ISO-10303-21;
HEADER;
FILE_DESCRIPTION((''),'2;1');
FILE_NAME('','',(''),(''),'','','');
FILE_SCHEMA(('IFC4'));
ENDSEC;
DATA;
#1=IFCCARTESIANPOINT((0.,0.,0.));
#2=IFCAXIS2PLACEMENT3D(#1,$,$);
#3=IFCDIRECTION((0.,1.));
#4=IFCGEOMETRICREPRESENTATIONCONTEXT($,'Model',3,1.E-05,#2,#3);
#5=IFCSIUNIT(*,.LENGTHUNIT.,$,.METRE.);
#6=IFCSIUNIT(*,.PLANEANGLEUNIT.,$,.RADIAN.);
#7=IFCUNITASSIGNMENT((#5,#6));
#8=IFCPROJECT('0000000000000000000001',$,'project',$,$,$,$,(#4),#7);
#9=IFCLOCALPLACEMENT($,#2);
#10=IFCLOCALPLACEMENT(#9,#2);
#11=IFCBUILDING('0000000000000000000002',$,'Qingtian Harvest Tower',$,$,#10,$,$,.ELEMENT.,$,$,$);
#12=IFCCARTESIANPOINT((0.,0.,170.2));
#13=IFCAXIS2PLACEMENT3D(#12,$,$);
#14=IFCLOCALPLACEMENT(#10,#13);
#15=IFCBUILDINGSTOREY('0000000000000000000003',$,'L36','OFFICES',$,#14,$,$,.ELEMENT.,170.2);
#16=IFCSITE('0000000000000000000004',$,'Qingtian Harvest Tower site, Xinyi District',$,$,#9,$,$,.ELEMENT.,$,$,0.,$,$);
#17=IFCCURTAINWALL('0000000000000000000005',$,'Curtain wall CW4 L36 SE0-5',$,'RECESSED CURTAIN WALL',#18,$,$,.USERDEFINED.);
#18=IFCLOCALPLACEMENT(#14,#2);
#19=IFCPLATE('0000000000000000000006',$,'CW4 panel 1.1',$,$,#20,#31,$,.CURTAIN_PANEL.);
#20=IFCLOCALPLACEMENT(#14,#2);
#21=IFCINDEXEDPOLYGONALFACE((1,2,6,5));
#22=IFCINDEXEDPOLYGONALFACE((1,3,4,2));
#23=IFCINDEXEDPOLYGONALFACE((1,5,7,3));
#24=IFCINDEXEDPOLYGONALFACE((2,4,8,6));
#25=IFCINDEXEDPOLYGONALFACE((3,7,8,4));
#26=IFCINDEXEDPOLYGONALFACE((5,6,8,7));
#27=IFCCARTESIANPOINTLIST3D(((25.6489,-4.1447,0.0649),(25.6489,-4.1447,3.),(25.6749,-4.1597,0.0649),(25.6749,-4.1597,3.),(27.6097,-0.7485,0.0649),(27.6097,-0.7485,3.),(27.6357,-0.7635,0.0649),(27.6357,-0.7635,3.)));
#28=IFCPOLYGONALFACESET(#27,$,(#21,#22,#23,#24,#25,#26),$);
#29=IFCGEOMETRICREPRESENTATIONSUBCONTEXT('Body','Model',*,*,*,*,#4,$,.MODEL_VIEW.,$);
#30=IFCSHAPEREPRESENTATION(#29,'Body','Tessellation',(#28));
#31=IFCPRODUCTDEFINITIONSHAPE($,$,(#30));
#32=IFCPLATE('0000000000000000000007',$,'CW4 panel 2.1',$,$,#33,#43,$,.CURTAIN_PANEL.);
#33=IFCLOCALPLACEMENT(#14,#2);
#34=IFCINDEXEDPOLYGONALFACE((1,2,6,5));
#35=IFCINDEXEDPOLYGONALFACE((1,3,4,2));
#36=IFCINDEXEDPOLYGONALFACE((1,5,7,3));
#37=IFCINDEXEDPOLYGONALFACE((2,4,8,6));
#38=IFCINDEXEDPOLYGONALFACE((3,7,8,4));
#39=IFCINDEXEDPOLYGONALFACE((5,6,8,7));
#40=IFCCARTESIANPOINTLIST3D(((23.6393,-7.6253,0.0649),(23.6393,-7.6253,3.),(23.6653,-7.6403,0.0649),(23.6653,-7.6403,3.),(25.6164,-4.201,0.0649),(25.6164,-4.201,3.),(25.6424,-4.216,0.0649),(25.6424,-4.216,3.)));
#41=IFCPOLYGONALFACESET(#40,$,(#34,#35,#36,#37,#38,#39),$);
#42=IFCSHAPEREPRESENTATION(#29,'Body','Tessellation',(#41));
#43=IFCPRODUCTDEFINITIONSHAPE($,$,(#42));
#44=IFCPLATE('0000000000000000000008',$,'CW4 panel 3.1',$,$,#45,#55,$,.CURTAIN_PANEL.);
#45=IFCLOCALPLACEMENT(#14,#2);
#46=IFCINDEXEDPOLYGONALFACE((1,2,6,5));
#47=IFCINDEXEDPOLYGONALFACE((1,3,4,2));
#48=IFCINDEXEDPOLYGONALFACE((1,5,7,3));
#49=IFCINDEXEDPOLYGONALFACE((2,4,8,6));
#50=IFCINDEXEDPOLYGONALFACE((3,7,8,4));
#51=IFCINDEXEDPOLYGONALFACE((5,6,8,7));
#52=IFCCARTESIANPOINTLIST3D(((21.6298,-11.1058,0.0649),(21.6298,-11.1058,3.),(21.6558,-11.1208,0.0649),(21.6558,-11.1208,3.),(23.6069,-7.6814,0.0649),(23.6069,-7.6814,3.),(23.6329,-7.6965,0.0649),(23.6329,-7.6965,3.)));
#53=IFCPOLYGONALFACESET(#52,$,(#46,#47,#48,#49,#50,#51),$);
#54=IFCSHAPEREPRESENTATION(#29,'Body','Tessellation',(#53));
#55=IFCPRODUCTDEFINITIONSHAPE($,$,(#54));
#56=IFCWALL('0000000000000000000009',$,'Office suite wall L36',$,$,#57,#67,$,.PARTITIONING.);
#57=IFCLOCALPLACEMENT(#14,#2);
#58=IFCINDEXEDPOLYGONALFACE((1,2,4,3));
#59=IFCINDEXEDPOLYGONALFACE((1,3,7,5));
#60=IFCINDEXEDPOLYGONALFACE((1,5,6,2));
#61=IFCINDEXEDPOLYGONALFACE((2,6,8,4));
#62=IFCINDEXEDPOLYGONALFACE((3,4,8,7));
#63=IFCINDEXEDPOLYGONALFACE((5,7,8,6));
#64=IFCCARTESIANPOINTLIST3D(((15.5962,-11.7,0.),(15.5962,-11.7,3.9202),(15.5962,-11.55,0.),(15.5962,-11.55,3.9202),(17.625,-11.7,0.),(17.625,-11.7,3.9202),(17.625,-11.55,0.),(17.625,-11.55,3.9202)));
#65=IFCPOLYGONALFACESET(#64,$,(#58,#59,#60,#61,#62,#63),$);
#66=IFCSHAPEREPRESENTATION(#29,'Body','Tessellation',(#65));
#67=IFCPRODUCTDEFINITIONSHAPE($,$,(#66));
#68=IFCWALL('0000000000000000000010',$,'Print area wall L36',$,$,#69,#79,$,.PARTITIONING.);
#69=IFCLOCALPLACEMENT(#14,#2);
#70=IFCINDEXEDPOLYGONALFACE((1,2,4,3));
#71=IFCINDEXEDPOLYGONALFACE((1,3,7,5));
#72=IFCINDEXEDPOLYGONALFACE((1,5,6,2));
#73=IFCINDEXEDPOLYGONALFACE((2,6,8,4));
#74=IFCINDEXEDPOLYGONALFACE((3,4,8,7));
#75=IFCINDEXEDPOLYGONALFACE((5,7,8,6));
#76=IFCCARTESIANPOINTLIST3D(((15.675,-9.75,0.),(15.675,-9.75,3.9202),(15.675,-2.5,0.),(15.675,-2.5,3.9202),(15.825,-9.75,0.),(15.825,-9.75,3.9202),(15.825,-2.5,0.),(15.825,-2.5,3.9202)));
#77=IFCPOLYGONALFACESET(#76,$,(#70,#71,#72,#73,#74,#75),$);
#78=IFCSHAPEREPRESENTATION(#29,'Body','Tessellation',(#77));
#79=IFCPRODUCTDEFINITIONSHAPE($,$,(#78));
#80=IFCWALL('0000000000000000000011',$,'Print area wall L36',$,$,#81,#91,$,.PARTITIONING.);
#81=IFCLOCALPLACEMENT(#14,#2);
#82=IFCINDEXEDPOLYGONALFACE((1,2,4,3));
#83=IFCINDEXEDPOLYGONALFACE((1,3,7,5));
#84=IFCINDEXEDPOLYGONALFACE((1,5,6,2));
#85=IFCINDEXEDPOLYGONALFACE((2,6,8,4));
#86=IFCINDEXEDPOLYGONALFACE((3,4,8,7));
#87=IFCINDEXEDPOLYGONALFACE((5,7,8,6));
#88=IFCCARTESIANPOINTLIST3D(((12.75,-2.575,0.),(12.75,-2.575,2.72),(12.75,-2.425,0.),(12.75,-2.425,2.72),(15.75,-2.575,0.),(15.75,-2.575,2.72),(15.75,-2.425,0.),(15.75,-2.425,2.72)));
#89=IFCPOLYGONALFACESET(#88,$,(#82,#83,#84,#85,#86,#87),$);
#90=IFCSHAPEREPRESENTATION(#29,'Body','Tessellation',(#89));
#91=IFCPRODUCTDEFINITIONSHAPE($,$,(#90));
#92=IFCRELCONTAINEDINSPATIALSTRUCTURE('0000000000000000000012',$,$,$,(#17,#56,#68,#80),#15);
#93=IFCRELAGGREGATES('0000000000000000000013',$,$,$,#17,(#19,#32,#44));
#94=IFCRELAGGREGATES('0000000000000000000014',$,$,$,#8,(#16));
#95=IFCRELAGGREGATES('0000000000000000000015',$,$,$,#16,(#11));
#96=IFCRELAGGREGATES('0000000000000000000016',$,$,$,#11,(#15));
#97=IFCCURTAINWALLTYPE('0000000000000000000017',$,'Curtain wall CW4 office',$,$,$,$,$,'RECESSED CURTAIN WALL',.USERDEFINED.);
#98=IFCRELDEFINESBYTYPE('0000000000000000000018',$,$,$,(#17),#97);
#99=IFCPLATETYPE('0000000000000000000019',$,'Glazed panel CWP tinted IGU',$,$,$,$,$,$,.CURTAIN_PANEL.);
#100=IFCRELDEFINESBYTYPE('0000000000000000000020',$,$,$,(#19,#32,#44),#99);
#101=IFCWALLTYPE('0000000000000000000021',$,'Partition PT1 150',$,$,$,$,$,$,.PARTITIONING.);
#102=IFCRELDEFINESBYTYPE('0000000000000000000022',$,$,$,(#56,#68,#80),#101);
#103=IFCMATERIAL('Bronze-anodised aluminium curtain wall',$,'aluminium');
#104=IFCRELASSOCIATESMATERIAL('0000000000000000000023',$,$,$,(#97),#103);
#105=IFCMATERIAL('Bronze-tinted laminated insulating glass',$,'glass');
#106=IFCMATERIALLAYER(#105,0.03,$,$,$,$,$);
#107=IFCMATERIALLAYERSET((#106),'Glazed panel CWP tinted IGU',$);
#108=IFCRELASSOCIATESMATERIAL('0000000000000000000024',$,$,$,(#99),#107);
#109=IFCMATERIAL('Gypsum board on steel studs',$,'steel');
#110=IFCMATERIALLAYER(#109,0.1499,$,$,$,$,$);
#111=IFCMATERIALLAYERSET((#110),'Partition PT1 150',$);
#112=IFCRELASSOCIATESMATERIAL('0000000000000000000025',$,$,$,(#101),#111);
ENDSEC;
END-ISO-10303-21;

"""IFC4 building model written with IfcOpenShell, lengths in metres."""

from ifc_helpers import new_model, si_unit, direction, frame, frame_2d, origin, origin_2d, place, context, subcontext, project, spatial, rectangle, extrude, material, layer, layer_set, type_object, element, aggregate, save


model = new_model("IFC4")

# Units and contexts
model_context = context("Model", 3, precision=1e-05, world=origin(), true_north=direction((0.0, 1.0)))
body_context = subcontext(model_context, "Body", "Model", "MODEL_VIEW")
ifc_project = project(units=[si_unit("LENGTHUNIT", "METRE"), si_unit("PLANEANGLEUNIT", "RADIAN")], contexts=[model_context])

# Site, building, storey
site_placement = place(None, origin())
site = spatial("IfcSite", under=ifc_project, at=site_placement, Name="Qingtian Harvest Tower site, Xinyi District", CompositionType="ELEMENT", RefElevation=0.0)
building_placement = place(site_placement, origin())
building = spatial("IfcBuilding", under=site, at=building_placement, Name="Qingtian Harvest Tower", CompositionType="ELEMENT")
storey_placement = place(building_placement, frame((0.0, 0.0, 170.2)))
storey = spatial("IfcBuildingStorey", under=building, at=storey_placement, Name="L36", Description="OFFICES", CompositionType="ELEMENT", Elevation=170.2)

# Shared definitions
ifc_material_1 = material(Name="Bronze-anodised aluminium curtain wall", Category="aluminium")
curtain_wall_type = type_object("IfcCurtainWallType", Name="Curtain wall CW4 office", ElementType="RECESSED CURTAIN WALL", PredefinedType="USERDEFINED", material=ifc_material_1)

# Curtain wall
curtain_wall_1_placement = place(storey_placement, origin())
curtain_wall_1 = element("IfcCurtainWall", 1, at=curtain_wall_1_placement, inside=storey, type_object=curtain_wall_type, Name="Curtain wall CW4 L36 SE0-5", ObjectType="RECESSED CURTAIN WALL", PredefinedType="USERDEFINED")

# Plates
ifc_material_2 = material(Name="Bronze-tinted laminated insulating glass", Category="glass")
ifc_layer_1 = layer(ifc_material_2, 0.03)
ifc_layer_set_1 = layer_set([ifc_layer_1], Name="Glazed panel CWP tinted IGU")
plate_type = type_object("IfcPlateType", Name="Glazed panel CWP tinted IGU", PredefinedType="CURTAIN_PANEL", material=ifc_layer_set_1)
plate_1_placement = place(storey_placement, frame((26.6423, -2.4541, 0.0649), z_axis=(0.0, 0.0, 1.0), x_axis=(-0.5, -0.866025, 0.0)))
plate_1 = element("IfcPlate", 2, at=plate_1_placement, type_object=plate_type, Name="CW4 panel 1.1", PredefinedType="CURTAIN_PANEL", context=body_context, shape_type="SweptSolid", body=[
    extrude(rectangle(XDim=3.9216, YDim=0.03, at=origin_2d()), origin(), (0.0, 0.0, 1.0), 2.9351),
])
plate_2_placement = place(storey_placement, frame((24.6409, -5.9207, 0.0649), z_axis=(0.0, 0.0, 1.0), x_axis=(-0.5, -0.866025, 0.0)))
plate_2 = element("IfcPlate", 3, at=plate_2_placement, type_object=plate_type, Name="CW4 panel 2.1", PredefinedType="CURTAIN_PANEL", context=body_context, shape_type="SweptSolid", body=[
    extrude(rectangle(XDim=3.9541, YDim=0.03, at=origin_2d()), origin(), (0.0, 0.0, 1.0), 2.9351),
])
plate_3_placement = place(storey_placement, frame((22.6313, -9.4011, 0.0649), z_axis=(0.0, 0.0, 1.0), x_axis=(-0.5, -0.866025, 0.0)))
plate_3 = element("IfcPlate", 4, at=plate_3_placement, type_object=plate_type, Name="CW4 panel 3.1", PredefinedType="CURTAIN_PANEL", context=body_context, shape_type="SweptSolid", body=[
    extrude(rectangle(XDim=3.9541, YDim=0.03, at=origin_2d()), origin(), (0.0, 0.0, 1.0), 2.9351),
])
aggregate(curtain_wall_1, [plate_1, plate_2, plate_3])

# Walls
ifc_material_3 = material(Name="Gypsum board on steel studs", Category="steel")
ifc_layer_2 = layer(ifc_material_3, 0.1499)
ifc_layer_set_2 = layer_set([ifc_layer_2], Name="Partition PT1 150")
wall_type = type_object("IfcWallType", Name="Partition PT1 150", PredefinedType="PARTITIONING", material=ifc_layer_set_2)
wall_1_placement = place(storey_placement, frame((17.625, -11.625, 0.0), z_axis=(0.0, 0.0, 1.0), x_axis=(-1.0, 0.0, 0.0)))
element("IfcWall", 5, at=wall_1_placement, inside=storey, type_object=wall_type, Name="Office suite wall L36", PredefinedType="PARTITIONING", context=body_context, shape_type="SweptSolid", body=[
    extrude(rectangle(XDim=2.0288, YDim=0.1499, at=frame_2d((1.0144, 0.0))), origin(), (0.0, 0.0, 1.0), 3.9202),
])
wall_2_placement = place(storey_placement, frame((15.75, -9.75, 0.0), z_axis=(0.0, 0.0, 1.0), x_axis=(0.0, 1.0, 0.0)))
element("IfcWall", 6, at=wall_2_placement, inside=storey, type_object=wall_type, Name="Print area wall L36", PredefinedType="PARTITIONING", context=body_context, shape_type="SweptSolid", body=[
    extrude(rectangle(XDim=7.25, YDim=0.1499, at=frame_2d((3.625, 0.0))), origin(), (0.0, 0.0, 1.0), 3.9202),
])
wall_3_placement = place(storey_placement, frame((12.75, -2.5, 0.0), z_axis=(0.0, 0.0, 1.0), x_axis=(1.0, 0.0, 0.0)))
element("IfcWall", 7, at=wall_3_placement, inside=storey, type_object=wall_type, Name="Print area wall L36", PredefinedType="PARTITIONING", context=body_context, shape_type="SweptSolid", body=[
    extrude(rectangle(XDim=3.0, YDim=0.1499, at=frame_2d((1.5, 0.0))), origin(), (0.0, 0.0, 1.0), 2.72),
])

save(model, "model.ifc")
